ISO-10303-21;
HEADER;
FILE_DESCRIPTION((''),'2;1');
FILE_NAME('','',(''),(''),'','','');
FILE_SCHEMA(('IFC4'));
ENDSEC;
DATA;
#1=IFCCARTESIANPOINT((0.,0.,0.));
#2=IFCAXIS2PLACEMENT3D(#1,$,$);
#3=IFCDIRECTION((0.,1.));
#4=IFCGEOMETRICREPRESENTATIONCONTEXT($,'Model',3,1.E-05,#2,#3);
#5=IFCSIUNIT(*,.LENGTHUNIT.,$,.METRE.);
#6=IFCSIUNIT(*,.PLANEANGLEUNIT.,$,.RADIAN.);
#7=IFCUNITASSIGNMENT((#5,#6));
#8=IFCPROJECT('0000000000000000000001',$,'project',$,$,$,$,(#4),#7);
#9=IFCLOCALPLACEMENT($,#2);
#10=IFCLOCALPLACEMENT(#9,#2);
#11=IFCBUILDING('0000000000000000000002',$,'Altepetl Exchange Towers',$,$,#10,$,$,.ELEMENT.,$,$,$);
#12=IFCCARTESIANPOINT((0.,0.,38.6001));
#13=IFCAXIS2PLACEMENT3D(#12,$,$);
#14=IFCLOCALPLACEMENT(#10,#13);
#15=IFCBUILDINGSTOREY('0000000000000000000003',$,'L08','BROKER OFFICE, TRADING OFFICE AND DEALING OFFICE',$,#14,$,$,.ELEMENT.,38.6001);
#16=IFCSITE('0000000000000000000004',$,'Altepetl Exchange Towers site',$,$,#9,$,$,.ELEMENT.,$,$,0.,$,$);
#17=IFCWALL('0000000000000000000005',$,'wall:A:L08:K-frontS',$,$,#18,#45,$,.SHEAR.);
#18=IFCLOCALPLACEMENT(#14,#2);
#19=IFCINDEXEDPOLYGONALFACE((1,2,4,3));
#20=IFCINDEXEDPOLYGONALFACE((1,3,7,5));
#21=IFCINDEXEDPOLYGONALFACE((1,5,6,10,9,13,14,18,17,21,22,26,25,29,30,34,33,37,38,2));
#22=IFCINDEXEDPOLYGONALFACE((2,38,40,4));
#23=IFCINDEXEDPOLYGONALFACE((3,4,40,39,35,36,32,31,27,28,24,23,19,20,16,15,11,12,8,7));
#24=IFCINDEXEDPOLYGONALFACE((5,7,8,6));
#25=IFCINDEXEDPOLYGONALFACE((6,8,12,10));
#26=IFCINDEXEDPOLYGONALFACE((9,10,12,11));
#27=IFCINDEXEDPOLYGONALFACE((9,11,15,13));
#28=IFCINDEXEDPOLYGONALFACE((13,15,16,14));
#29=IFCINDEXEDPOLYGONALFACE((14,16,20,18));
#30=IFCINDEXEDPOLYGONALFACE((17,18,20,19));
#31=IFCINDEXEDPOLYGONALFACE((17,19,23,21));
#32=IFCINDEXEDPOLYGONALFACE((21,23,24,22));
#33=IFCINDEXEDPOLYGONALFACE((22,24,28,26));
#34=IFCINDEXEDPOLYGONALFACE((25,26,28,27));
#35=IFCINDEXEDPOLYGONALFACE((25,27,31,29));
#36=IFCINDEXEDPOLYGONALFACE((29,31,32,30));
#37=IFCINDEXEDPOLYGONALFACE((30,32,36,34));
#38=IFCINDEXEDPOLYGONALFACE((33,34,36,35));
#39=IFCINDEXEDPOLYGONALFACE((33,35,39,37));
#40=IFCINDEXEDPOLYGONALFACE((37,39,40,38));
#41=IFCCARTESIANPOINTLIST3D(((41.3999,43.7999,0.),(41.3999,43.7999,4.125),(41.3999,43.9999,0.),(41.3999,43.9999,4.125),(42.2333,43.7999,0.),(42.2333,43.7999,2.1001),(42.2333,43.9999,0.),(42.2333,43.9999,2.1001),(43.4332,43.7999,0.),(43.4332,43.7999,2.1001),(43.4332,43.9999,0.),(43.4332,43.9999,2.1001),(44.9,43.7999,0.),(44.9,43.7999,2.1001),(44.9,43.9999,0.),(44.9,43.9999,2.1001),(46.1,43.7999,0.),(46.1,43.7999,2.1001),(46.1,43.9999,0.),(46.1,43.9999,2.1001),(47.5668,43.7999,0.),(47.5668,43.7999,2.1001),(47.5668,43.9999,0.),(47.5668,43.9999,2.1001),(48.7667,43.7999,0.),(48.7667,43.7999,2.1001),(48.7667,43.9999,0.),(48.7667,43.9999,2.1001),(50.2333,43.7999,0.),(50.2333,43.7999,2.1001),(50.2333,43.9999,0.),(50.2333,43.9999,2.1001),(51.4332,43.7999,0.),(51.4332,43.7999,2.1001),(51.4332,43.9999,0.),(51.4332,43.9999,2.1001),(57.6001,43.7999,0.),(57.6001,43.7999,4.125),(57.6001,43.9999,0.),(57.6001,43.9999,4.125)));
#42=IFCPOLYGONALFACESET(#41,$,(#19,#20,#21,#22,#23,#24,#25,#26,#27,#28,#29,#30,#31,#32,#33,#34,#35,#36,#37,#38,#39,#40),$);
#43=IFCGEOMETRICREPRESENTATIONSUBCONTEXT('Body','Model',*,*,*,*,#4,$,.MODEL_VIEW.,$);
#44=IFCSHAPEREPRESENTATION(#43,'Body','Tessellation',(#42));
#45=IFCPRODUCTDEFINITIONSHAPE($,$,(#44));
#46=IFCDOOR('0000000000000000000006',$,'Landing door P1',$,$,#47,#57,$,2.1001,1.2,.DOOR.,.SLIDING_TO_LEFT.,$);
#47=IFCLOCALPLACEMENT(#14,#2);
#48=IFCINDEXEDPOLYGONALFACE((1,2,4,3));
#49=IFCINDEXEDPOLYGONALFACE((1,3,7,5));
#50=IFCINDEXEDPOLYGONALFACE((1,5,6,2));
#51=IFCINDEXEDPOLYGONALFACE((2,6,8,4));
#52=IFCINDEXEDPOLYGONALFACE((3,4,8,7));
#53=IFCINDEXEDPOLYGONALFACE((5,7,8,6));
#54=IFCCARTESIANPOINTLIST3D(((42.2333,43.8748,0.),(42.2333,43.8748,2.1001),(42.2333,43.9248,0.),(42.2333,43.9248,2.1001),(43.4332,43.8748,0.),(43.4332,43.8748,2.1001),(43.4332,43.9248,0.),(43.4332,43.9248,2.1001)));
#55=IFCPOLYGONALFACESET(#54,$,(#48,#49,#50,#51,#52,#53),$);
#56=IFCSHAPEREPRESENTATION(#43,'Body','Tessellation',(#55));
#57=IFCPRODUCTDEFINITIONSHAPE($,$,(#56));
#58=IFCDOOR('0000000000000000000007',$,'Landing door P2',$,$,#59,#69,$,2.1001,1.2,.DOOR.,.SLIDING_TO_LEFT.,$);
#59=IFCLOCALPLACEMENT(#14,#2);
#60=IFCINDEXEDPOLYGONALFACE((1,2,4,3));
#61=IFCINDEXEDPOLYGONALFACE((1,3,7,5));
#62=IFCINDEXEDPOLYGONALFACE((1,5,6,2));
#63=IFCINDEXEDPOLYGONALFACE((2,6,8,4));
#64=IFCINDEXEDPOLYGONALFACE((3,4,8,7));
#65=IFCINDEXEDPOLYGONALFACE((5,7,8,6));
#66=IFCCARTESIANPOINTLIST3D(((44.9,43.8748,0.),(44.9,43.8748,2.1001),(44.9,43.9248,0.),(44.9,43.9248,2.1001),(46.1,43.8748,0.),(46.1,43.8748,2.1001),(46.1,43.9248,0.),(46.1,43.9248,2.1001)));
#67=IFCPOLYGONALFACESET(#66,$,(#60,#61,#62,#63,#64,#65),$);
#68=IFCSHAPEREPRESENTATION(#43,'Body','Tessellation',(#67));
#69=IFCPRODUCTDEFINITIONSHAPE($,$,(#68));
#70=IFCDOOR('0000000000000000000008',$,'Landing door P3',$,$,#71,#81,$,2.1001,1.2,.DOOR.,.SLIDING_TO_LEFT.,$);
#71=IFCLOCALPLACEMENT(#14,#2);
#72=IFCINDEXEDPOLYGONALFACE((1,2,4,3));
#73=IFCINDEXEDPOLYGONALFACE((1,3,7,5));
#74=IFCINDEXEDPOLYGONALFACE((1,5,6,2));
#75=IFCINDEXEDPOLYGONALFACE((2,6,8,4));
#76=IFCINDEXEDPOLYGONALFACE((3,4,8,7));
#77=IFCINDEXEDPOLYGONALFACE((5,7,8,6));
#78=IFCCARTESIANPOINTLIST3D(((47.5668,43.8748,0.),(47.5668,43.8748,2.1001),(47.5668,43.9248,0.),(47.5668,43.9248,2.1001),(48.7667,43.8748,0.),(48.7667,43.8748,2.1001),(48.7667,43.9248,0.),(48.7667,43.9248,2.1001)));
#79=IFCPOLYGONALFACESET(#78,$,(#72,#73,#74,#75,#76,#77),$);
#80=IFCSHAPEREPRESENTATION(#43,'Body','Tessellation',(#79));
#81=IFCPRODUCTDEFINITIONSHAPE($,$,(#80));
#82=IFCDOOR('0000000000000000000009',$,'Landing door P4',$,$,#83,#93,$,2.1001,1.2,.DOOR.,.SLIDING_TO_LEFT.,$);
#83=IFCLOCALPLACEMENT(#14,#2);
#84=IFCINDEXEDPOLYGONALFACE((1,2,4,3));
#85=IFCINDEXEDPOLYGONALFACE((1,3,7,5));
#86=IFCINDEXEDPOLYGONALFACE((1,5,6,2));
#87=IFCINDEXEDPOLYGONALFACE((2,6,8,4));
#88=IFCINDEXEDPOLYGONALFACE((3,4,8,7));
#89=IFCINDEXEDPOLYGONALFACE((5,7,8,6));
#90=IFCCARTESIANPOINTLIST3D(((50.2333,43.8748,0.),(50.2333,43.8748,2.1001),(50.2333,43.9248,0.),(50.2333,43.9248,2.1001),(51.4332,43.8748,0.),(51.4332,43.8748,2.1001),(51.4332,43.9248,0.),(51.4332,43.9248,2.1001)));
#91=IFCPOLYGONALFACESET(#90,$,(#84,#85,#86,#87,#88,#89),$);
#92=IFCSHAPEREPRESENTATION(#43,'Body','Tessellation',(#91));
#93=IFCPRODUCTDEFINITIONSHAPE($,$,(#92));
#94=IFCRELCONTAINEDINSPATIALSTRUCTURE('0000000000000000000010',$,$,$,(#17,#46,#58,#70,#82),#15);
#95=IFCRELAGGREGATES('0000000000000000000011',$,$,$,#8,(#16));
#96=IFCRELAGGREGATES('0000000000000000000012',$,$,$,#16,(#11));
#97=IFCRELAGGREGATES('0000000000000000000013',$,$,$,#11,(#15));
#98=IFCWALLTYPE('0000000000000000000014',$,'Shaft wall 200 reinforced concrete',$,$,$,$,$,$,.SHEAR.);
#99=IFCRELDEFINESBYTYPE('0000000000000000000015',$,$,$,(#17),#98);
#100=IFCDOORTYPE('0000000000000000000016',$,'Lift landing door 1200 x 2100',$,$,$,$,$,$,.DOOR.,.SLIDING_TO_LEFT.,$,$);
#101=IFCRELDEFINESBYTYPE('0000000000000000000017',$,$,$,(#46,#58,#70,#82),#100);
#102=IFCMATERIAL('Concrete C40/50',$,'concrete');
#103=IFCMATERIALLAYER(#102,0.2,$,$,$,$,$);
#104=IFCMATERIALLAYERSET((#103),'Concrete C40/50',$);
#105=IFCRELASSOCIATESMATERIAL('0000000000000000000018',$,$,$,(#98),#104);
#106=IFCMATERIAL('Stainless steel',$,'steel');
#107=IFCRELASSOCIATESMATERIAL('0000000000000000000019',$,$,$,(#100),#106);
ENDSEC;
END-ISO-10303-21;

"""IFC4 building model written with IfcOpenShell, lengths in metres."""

from ifc_helpers import new_model, si_unit, direction, frame, frame_2d, origin, place, context, subcontext, project, spatial, rectangle, extrude, material, layer, layer_set, type_object, element, fill, save


model = new_model("IFC4")

# Units and contexts
model_context = context("Model", 3, precision=1e-05, world=origin(), true_north=direction((0.0, 1.0)))
body_context = subcontext(model_context, "Body", "Model", "MODEL_VIEW")
ifc_project = project(units=[si_unit("LENGTHUNIT", "METRE"), si_unit("PLANEANGLEUNIT", "RADIAN")], contexts=[model_context])

# Site, building, storey
site_placement = place(None, origin())
site = spatial("IfcSite", under=ifc_project, at=site_placement, Name="Altepetl Exchange Towers site", CompositionType="ELEMENT", RefElevation=0.0)
building_placement = place(site_placement, origin())
building = spatial("IfcBuilding", under=site, at=building_placement, Name="Altepetl Exchange Towers", CompositionType="ELEMENT")
storey_placement = place(building_placement, frame((0.0, 0.0, 38.6001)))
storey = spatial("IfcBuildingStorey", under=building, at=storey_placement, Name="L08", Description="BROKER OFFICE, TRADING OFFICE AND DEALING OFFICE", CompositionType="ELEMENT", Elevation=38.6001)

# Wall, openings, doors
ifc_material_1 = material(Name="Concrete C40/50", Category="concrete")
ifc_layer_1 = layer(ifc_material_1, 0.2)
ifc_layer_set_1 = layer_set([ifc_layer_1], Name="Concrete C40/50")
wall_type_1 = type_object("IfcWallType", Name="Shaft wall 200 reinforced concrete", PredefinedType="SHEAR", material=ifc_layer_set_1)
wall_1_placement = place(storey_placement, frame((41.3999, 43.8999, 0.0)))
wall_1 = element("IfcWall", 1, at=wall_1_placement, inside=storey, type_object=wall_type_1, Name="wall:A:L08:K-frontS", PredefinedType="SHEAR", context=body_context, shape_type="SweptSolid", body=[
    extrude(rectangle(XDim=16.2002, YDim=0.2, at=frame_2d((8.1001, 0.0))), origin(), (0.0, 0.0, 1.0), 4.125),
])
opening_1_placement = place(wall_1_placement, frame((0.8333, 0.0, 0.0)))
opening_1 = element("IfcOpeningElement", 2, at=opening_1_placement, cuts=wall_1, PredefinedType="OPENING", context=body_context, shape_type="SweptSolid", body=[
    extrude(rectangle(XDim=1.2, YDim=2.1001, at=frame_2d((0.6001, 1.05))), frame((0.0, 0.1099, 0.0), z_axis=(0.0, -1.0, 0.0), x_axis=(1.0, 0.0, 0.0)), (0.0, 0.0, 1.0), 0.22),
])
opening_2_placement = place(wall_1_placement, frame((3.5, 0.0, 0.0)))
opening_2 = element("IfcOpeningElement", 3, at=opening_2_placement, cuts=wall_1, PredefinedType="OPENING", context=body_context, shape_type="SweptSolid", body=[
    extrude(rectangle(XDim=1.2, YDim=2.1001, at=frame_2d((0.6001, 1.05))), frame((0.0, 0.1099, 0.0), z_axis=(0.0, -1.0, 0.0), x_axis=(1.0, 0.0, 0.0)), (0.0, 0.0, 1.0), 0.22),
])
opening_3_placement = place(wall_1_placement, frame((6.1667, 0.0, 0.0)))
opening_3 = element("IfcOpeningElement", 4, at=opening_3_placement, cuts=wall_1, PredefinedType="OPENING", context=body_context, shape_type="SweptSolid", body=[
    extrude(rectangle(XDim=1.2, YDim=2.1001, at=frame_2d((0.6001, 1.05))), frame((0.0, 0.1099, 0.0), z_axis=(0.0, -1.0, 0.0), x_axis=(1.0, 0.0, 0.0)), (0.0, 0.0, 1.0), 0.22),
])
opening_4_placement = place(wall_1_placement, frame((8.8333, 0.0, 0.0)))
opening_4 = element("IfcOpeningElement", 5, at=opening_4_placement, cuts=wall_1, PredefinedType="OPENING", context=body_context, shape_type="SweptSolid", body=[
    extrude(rectangle(XDim=1.2, YDim=2.1001, at=frame_2d((0.6001, 1.05))), frame((0.0, 0.1099, 0.0), z_axis=(0.0, -1.0, 0.0), x_axis=(1.0, 0.0, 0.0)), (0.0, 0.0, 1.0), 0.22),
])
ifc_material_2 = material(Name="Stainless steel", Category="steel")
door_type_1 = type_object("IfcDoorType", Name="Lift landing door 1200 x 2100", OperationType="SLIDING_TO_LEFT", PredefinedType="DOOR", material=ifc_material_2)
door_1_placement = place(opening_1_placement, origin())
door_1 = element("IfcDoor", 6, at=door_1_placement, inside=storey, type_object=door_type_1, Name="Landing door P1", OperationType="SLIDING_TO_LEFT", OverallHeight=2.1001, OverallWidth=1.2, PredefinedType="DOOR", context=body_context, shape_type="SweptSolid", body=[
    extrude(rectangle(XDim=1.2, YDim=2.1001, at=frame_2d((0.6001, 1.05))), frame((0.0, 0.0249, 0.0), z_axis=(0.0, -1.0, 0.0), x_axis=(1.0, 0.0, 0.0)), (0.0, 0.0, 1.0), 0.05),
])
fill(opening_1, door_1)
door_2_placement = place(opening_2_placement, origin())
door_2 = element("IfcDoor", 7, at=door_2_placement, inside=storey, type_object=door_type_1, Name="Landing door P2", OperationType="SLIDING_TO_LEFT", OverallHeight=2.1001, OverallWidth=1.2, PredefinedType="DOOR", context=body_context, shape_type="SweptSolid", body=[
    extrude(rectangle(XDim=1.2, YDim=2.1001, at=frame_2d((0.6001, 1.05))), frame((0.0, 0.0249, 0.0), z_axis=(0.0, -1.0, 0.0), x_axis=(1.0, 0.0, 0.0)), (0.0, 0.0, 1.0), 0.05),
])
fill(opening_2, door_2)
door_3_placement = place(opening_3_placement, origin())
door_3 = element("IfcDoor", 8, at=door_3_placement, inside=storey, type_object=door_type_1, Name="Landing door P3", OperationType="SLIDING_TO_LEFT", OverallHeight=2.1001, OverallWidth=1.2, PredefinedType="DOOR", context=body_context, shape_type="SweptSolid", body=[
    extrude(rectangle(XDim=1.2, YDim=2.1001, at=frame_2d((0.6001, 1.05))), frame((0.0, 0.0249, 0.0), z_axis=(0.0, -1.0, 0.0), x_axis=(1.0, 0.0, 0.0)), (0.0, 0.0, 1.0), 0.05),
])
fill(opening_3, door_3)
door_4_placement = place(opening_4_placement, origin())
door_4 = element("IfcDoor", 9, at=door_4_placement, inside=storey, type_object=door_type_1, Name="Landing door P4", OperationType="SLIDING_TO_LEFT", OverallHeight=2.1001, OverallWidth=1.2, PredefinedType="DOOR", context=body_context, shape_type="SweptSolid", body=[
    extrude(rectangle(XDim=1.2, YDim=2.1001, at=frame_2d((0.6001, 1.05))), frame((0.0, 0.0249, 0.0), z_axis=(0.0, -1.0, 0.0), x_axis=(1.0, 0.0, 0.0)), (0.0, 0.0, 1.0), 0.05),
])
fill(opening_4, door_4)

save(model, "model.ifc")
